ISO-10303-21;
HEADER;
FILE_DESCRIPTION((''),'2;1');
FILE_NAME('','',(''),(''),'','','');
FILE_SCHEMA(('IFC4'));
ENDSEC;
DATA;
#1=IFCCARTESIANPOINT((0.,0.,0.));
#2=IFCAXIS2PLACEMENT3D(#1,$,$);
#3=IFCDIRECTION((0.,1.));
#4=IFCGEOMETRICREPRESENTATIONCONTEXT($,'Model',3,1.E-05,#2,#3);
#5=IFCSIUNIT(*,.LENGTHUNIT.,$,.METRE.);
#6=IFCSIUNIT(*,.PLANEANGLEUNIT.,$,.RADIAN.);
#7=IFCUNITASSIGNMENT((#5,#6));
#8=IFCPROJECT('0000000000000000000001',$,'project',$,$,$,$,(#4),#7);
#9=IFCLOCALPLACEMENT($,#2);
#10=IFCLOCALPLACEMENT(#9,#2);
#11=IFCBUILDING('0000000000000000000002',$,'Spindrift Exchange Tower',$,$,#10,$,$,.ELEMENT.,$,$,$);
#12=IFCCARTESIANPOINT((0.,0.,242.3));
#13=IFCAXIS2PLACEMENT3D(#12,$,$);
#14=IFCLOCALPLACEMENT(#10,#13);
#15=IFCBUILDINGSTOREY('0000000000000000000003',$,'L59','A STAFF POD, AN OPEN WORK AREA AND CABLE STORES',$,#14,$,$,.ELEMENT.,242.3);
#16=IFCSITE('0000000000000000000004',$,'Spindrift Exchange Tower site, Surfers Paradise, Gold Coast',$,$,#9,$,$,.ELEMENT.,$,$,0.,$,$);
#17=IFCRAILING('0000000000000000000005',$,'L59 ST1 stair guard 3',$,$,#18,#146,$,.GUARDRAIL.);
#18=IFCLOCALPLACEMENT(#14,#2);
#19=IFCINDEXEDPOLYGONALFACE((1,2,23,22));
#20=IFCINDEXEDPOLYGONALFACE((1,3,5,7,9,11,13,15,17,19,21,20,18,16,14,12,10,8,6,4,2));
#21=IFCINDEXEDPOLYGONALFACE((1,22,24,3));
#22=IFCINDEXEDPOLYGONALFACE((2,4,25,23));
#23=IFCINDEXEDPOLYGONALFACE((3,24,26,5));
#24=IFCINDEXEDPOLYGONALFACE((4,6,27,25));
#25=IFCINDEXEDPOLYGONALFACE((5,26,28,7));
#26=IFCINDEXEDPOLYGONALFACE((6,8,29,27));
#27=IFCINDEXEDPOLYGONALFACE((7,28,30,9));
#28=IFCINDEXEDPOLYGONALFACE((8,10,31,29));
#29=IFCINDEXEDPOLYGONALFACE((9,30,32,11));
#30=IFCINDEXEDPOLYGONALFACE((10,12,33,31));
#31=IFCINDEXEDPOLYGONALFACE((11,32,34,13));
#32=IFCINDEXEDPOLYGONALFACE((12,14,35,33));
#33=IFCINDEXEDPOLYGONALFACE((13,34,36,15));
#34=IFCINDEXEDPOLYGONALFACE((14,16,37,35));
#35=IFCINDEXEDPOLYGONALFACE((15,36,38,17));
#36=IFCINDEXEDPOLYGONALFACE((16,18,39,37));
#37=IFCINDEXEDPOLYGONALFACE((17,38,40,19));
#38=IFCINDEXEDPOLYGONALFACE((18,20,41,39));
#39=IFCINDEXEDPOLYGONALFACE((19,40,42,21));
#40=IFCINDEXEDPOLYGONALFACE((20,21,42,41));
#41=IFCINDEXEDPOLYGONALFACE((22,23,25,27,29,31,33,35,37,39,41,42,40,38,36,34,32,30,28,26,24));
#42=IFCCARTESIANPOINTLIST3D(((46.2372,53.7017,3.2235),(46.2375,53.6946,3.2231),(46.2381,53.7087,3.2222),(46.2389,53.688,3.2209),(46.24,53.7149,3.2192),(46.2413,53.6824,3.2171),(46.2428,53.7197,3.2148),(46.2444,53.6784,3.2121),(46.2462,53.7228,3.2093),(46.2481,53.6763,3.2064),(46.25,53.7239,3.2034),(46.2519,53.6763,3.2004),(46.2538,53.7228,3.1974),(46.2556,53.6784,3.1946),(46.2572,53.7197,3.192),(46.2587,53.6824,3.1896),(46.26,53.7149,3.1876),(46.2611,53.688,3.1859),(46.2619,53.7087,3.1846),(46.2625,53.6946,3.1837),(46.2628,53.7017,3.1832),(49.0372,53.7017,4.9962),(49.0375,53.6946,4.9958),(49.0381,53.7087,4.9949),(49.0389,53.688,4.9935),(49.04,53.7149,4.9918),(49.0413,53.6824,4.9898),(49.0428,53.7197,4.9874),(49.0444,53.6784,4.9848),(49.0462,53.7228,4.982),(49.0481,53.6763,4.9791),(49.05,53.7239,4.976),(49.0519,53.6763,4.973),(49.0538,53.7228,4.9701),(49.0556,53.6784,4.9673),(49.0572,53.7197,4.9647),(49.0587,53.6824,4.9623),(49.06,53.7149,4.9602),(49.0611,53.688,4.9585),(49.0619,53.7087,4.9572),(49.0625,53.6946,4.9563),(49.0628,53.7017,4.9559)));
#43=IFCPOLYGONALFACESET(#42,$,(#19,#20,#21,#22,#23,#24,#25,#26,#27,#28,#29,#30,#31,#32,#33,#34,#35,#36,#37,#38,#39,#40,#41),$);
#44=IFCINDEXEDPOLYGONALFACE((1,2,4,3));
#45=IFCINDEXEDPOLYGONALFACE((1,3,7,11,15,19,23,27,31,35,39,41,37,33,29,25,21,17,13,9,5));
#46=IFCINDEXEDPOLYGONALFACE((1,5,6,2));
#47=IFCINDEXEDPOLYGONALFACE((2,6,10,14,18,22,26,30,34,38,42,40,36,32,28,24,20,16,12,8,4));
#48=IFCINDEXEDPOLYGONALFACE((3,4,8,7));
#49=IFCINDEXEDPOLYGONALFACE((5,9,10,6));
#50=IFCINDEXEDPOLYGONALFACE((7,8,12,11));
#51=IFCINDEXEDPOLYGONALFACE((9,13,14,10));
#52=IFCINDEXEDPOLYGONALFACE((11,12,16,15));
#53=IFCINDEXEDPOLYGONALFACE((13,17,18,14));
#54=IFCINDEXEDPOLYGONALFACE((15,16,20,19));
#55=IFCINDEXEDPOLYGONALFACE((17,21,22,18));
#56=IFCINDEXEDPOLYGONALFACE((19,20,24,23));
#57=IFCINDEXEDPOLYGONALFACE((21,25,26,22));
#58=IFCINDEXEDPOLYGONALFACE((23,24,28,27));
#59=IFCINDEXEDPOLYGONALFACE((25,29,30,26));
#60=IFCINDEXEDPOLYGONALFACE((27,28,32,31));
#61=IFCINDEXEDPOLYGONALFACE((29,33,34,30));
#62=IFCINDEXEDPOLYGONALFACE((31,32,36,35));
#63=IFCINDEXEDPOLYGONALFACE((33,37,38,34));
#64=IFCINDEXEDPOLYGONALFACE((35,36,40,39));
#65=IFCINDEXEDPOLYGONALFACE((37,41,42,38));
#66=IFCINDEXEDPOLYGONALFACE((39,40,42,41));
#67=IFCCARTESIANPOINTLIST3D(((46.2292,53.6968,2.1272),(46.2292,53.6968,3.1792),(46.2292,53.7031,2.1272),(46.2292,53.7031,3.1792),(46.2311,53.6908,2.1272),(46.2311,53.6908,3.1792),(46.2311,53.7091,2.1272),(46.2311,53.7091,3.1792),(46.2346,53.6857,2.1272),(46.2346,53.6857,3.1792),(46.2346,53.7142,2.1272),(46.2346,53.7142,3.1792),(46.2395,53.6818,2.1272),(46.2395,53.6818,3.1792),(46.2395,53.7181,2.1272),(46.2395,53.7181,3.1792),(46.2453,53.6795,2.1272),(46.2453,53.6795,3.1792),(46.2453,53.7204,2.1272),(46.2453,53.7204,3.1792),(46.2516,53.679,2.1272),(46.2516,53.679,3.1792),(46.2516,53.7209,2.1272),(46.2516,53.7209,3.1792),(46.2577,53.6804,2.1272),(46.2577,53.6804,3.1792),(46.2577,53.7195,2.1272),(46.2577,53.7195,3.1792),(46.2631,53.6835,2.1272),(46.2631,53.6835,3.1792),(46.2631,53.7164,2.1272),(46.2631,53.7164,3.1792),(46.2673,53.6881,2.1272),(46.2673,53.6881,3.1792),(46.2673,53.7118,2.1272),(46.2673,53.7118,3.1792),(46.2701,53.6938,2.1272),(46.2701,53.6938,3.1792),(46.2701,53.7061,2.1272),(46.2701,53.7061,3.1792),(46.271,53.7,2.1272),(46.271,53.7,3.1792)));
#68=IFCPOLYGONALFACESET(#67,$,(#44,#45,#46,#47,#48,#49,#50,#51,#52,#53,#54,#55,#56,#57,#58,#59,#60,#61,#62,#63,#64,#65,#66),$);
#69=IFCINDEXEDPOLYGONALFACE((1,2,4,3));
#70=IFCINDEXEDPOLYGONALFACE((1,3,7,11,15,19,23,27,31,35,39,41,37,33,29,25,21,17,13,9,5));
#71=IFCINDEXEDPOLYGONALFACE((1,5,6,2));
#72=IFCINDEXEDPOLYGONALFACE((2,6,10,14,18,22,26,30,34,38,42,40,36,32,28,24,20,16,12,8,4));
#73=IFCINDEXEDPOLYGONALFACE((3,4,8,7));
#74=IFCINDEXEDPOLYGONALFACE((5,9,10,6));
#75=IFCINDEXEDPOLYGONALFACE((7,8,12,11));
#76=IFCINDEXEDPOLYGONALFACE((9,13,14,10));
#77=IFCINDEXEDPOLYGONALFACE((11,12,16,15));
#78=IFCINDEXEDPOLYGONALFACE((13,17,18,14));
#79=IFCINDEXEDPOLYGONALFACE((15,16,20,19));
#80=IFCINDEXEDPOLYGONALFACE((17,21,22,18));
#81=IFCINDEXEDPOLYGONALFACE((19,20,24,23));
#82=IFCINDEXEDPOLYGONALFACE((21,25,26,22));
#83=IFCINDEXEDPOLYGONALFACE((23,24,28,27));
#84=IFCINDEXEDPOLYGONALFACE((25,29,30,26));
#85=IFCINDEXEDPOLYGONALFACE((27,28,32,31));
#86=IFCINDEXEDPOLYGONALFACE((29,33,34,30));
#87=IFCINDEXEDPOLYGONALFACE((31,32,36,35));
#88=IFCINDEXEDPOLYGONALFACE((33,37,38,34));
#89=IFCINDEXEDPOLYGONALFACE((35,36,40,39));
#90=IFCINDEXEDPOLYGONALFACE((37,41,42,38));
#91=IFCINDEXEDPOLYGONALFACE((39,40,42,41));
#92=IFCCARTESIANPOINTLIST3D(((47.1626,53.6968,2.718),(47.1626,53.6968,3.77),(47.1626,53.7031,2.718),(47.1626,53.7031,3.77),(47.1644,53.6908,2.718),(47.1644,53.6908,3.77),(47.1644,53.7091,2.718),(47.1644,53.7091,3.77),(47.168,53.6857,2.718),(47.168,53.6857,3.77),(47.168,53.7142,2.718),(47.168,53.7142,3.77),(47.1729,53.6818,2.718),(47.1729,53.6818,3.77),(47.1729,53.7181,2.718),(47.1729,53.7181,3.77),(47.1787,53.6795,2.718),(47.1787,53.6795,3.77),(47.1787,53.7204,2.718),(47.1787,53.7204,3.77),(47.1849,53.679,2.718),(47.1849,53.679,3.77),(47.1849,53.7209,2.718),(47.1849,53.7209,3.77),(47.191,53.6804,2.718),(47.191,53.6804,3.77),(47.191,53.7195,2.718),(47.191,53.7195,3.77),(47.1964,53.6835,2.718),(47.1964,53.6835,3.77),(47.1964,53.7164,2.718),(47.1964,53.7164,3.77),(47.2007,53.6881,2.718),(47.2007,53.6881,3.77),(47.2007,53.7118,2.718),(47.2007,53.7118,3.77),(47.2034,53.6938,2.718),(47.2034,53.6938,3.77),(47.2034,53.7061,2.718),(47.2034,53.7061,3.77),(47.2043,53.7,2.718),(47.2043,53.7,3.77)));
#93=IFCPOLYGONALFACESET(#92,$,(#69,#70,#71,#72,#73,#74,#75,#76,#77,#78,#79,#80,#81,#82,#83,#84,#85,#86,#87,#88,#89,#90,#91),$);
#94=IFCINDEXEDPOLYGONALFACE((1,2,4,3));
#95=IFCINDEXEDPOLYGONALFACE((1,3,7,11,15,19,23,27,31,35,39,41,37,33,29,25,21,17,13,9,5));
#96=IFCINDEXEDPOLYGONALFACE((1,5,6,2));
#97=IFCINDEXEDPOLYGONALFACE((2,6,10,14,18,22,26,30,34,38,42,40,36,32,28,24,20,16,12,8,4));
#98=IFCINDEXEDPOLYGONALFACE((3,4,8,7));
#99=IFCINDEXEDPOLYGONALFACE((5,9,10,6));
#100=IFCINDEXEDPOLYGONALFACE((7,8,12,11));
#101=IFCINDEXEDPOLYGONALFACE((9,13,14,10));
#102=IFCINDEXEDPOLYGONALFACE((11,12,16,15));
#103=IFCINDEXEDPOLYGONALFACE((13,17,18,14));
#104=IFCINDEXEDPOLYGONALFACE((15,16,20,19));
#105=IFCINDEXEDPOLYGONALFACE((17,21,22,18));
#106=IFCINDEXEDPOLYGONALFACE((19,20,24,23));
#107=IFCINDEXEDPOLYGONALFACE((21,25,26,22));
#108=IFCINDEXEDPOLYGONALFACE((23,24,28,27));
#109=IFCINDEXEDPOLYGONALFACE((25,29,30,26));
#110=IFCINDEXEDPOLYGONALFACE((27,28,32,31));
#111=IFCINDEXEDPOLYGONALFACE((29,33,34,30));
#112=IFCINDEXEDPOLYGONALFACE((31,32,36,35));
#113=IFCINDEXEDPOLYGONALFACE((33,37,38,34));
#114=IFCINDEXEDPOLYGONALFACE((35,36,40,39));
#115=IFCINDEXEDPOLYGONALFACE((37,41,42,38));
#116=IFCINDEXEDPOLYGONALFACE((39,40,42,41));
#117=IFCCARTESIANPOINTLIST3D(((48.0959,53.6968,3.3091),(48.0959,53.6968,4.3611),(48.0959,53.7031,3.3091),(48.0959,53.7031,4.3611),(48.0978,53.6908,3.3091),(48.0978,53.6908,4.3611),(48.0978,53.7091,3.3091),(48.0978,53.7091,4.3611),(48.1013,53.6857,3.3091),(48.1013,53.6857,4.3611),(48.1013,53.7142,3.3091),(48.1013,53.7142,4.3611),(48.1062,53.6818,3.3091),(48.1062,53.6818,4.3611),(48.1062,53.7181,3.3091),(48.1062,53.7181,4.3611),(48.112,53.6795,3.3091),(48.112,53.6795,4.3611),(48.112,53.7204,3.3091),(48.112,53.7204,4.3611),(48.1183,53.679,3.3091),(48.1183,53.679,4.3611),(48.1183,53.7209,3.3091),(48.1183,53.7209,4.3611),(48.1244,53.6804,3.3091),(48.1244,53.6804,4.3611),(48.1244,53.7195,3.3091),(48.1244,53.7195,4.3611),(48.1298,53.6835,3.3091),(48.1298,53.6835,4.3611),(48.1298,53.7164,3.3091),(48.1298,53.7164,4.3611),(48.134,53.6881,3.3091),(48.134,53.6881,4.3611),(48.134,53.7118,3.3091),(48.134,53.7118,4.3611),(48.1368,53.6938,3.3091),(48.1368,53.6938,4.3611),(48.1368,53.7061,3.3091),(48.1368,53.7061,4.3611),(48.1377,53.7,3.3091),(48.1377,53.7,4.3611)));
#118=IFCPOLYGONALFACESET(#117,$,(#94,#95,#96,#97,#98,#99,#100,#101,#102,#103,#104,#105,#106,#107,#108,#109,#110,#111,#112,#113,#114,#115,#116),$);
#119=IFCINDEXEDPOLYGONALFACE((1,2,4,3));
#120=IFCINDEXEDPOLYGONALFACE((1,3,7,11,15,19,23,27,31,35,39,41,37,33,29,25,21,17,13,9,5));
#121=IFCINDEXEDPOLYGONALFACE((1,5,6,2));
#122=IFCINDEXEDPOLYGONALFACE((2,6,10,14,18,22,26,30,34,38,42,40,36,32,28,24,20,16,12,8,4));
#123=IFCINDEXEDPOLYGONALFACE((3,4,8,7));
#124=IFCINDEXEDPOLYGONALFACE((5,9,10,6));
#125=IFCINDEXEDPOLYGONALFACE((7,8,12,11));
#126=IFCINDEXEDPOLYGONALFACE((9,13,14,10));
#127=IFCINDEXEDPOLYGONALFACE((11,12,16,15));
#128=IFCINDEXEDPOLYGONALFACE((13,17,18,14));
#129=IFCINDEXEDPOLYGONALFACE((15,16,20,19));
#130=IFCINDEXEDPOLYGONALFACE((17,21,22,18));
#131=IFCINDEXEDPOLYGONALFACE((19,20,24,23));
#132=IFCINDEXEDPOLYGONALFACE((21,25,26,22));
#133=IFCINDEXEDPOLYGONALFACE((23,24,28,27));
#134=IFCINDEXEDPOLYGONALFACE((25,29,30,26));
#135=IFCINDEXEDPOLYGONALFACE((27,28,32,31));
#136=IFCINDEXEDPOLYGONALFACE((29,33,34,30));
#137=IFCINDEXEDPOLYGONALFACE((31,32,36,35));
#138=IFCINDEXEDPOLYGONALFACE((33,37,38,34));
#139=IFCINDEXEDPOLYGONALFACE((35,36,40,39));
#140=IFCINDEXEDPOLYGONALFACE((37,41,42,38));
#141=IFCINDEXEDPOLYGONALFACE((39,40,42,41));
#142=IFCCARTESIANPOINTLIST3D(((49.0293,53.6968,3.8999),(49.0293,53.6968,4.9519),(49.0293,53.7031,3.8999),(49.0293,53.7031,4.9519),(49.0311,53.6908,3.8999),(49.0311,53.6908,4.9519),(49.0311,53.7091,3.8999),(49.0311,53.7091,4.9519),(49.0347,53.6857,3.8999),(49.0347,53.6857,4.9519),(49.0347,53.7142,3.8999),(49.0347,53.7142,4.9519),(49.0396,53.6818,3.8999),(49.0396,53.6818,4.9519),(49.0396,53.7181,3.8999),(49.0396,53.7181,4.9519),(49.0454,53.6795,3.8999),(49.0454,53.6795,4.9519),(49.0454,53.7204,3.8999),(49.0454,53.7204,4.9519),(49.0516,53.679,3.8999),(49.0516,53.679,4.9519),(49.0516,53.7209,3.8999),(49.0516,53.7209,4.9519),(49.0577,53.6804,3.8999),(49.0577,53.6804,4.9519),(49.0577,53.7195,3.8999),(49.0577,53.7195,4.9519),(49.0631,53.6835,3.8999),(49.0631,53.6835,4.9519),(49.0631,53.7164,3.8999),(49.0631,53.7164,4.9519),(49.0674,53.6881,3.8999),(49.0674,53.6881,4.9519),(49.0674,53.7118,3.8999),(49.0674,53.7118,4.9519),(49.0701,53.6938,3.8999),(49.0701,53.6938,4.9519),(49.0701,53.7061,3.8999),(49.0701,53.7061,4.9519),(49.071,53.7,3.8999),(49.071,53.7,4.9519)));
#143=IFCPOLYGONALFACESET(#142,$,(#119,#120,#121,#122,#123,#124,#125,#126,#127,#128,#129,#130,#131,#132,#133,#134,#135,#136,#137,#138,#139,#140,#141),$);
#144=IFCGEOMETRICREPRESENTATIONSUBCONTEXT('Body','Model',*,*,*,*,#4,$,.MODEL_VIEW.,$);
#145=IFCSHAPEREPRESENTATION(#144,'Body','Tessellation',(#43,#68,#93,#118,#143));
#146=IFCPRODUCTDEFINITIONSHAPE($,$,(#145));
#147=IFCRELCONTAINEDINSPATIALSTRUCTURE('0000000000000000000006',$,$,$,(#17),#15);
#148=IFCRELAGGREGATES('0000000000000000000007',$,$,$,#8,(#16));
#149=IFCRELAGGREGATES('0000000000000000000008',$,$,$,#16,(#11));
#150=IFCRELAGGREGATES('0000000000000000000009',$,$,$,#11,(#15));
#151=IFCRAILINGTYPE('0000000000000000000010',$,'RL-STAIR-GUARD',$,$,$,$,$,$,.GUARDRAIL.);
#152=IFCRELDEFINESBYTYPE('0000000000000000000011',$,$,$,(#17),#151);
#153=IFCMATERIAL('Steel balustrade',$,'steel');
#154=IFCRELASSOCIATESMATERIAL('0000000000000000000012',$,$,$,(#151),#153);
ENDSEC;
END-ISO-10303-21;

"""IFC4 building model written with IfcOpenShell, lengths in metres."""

from ifc_helpers import new_model, si_unit, direction, frame, origin, origin_2d, place, context, subcontext, project, spatial, circle, extrude, material, type_object, element, save


model = new_model("IFC4")

# Units and contexts
model_context = context("Model", 3, precision=1e-05, world=origin(), true_north=direction((0.0, 1.0)))
body_context = subcontext(model_context, "Body", "Model", "MODEL_VIEW")
ifc_project = project(units=[si_unit("LENGTHUNIT", "METRE"), si_unit("PLANEANGLEUNIT", "RADIAN")], contexts=[model_context])

# Site, building, storey
site_placement = place(None, origin())
site = spatial("IfcSite", under=ifc_project, at=site_placement, Name="Spindrift Exchange Tower site, Surfers Paradise, Gold Coast", CompositionType="ELEMENT", RefElevation=0.0)
building_placement = place(site_placement, origin())
building = spatial("IfcBuilding", under=site, at=building_placement, Name="Spindrift Exchange Tower", CompositionType="ELEMENT")
storey_placement = place(building_placement, frame((0.0, 0.0, 242.3)))
storey = spatial("IfcBuildingStorey", under=building, at=storey_placement, Name="L59", Description="A STAFF POD, AN OPEN WORK AREA AND CABLE STORES", CompositionType="ELEMENT", Elevation=242.3)

# Railing
ifc_material_1 = material(Name="Steel balustrade", Category="steel")
railing_type_1 = type_object("IfcRailingType", Name="RL-STAIR-GUARD", PredefinedType="GUARDRAIL", material=ifc_material_1)
railing_1_placement = place(storey_placement, frame((46.25, 53.7, 2.1272)))
element("IfcRailing", 1, at=railing_1_placement, inside=storey, type_object=railing_type_1, Name="L59 ST1 stair guard 3", PredefinedType="GUARDRAIL", context=body_context, shape_type="SweptSolid", body=[
    extrude(circle(Radius=0.0239, at=origin_2d()), frame((0.0, 0.0, 1.0762), z_axis=(0.844909, 0.0, 0.53491), x_axis=(0.0, 1.0, 0.0)), (0.0, 0.0, 1.0), 3.314),
    extrude(circle(Radius=0.021, at=origin_2d()), origin(), (0.0, 0.0, 1.0), 1.052),
    extrude(circle(Radius=0.021, at=origin_2d()), frame((0.9333, 0.0, 0.5908)), (0.0, 0.0, 1.0), 1.052),
    extrude(circle(Radius=0.021, at=origin_2d()), frame((1.8667, 0.0, 1.1819)), (0.0, 0.0, 1.0), 1.052),
    extrude(circle(Radius=0.021, at=origin_2d()), frame((2.8, 0.0, 1.7727)), (0.0, 0.0, 1.0), 1.052),
])

save(model, "model.ifc")
